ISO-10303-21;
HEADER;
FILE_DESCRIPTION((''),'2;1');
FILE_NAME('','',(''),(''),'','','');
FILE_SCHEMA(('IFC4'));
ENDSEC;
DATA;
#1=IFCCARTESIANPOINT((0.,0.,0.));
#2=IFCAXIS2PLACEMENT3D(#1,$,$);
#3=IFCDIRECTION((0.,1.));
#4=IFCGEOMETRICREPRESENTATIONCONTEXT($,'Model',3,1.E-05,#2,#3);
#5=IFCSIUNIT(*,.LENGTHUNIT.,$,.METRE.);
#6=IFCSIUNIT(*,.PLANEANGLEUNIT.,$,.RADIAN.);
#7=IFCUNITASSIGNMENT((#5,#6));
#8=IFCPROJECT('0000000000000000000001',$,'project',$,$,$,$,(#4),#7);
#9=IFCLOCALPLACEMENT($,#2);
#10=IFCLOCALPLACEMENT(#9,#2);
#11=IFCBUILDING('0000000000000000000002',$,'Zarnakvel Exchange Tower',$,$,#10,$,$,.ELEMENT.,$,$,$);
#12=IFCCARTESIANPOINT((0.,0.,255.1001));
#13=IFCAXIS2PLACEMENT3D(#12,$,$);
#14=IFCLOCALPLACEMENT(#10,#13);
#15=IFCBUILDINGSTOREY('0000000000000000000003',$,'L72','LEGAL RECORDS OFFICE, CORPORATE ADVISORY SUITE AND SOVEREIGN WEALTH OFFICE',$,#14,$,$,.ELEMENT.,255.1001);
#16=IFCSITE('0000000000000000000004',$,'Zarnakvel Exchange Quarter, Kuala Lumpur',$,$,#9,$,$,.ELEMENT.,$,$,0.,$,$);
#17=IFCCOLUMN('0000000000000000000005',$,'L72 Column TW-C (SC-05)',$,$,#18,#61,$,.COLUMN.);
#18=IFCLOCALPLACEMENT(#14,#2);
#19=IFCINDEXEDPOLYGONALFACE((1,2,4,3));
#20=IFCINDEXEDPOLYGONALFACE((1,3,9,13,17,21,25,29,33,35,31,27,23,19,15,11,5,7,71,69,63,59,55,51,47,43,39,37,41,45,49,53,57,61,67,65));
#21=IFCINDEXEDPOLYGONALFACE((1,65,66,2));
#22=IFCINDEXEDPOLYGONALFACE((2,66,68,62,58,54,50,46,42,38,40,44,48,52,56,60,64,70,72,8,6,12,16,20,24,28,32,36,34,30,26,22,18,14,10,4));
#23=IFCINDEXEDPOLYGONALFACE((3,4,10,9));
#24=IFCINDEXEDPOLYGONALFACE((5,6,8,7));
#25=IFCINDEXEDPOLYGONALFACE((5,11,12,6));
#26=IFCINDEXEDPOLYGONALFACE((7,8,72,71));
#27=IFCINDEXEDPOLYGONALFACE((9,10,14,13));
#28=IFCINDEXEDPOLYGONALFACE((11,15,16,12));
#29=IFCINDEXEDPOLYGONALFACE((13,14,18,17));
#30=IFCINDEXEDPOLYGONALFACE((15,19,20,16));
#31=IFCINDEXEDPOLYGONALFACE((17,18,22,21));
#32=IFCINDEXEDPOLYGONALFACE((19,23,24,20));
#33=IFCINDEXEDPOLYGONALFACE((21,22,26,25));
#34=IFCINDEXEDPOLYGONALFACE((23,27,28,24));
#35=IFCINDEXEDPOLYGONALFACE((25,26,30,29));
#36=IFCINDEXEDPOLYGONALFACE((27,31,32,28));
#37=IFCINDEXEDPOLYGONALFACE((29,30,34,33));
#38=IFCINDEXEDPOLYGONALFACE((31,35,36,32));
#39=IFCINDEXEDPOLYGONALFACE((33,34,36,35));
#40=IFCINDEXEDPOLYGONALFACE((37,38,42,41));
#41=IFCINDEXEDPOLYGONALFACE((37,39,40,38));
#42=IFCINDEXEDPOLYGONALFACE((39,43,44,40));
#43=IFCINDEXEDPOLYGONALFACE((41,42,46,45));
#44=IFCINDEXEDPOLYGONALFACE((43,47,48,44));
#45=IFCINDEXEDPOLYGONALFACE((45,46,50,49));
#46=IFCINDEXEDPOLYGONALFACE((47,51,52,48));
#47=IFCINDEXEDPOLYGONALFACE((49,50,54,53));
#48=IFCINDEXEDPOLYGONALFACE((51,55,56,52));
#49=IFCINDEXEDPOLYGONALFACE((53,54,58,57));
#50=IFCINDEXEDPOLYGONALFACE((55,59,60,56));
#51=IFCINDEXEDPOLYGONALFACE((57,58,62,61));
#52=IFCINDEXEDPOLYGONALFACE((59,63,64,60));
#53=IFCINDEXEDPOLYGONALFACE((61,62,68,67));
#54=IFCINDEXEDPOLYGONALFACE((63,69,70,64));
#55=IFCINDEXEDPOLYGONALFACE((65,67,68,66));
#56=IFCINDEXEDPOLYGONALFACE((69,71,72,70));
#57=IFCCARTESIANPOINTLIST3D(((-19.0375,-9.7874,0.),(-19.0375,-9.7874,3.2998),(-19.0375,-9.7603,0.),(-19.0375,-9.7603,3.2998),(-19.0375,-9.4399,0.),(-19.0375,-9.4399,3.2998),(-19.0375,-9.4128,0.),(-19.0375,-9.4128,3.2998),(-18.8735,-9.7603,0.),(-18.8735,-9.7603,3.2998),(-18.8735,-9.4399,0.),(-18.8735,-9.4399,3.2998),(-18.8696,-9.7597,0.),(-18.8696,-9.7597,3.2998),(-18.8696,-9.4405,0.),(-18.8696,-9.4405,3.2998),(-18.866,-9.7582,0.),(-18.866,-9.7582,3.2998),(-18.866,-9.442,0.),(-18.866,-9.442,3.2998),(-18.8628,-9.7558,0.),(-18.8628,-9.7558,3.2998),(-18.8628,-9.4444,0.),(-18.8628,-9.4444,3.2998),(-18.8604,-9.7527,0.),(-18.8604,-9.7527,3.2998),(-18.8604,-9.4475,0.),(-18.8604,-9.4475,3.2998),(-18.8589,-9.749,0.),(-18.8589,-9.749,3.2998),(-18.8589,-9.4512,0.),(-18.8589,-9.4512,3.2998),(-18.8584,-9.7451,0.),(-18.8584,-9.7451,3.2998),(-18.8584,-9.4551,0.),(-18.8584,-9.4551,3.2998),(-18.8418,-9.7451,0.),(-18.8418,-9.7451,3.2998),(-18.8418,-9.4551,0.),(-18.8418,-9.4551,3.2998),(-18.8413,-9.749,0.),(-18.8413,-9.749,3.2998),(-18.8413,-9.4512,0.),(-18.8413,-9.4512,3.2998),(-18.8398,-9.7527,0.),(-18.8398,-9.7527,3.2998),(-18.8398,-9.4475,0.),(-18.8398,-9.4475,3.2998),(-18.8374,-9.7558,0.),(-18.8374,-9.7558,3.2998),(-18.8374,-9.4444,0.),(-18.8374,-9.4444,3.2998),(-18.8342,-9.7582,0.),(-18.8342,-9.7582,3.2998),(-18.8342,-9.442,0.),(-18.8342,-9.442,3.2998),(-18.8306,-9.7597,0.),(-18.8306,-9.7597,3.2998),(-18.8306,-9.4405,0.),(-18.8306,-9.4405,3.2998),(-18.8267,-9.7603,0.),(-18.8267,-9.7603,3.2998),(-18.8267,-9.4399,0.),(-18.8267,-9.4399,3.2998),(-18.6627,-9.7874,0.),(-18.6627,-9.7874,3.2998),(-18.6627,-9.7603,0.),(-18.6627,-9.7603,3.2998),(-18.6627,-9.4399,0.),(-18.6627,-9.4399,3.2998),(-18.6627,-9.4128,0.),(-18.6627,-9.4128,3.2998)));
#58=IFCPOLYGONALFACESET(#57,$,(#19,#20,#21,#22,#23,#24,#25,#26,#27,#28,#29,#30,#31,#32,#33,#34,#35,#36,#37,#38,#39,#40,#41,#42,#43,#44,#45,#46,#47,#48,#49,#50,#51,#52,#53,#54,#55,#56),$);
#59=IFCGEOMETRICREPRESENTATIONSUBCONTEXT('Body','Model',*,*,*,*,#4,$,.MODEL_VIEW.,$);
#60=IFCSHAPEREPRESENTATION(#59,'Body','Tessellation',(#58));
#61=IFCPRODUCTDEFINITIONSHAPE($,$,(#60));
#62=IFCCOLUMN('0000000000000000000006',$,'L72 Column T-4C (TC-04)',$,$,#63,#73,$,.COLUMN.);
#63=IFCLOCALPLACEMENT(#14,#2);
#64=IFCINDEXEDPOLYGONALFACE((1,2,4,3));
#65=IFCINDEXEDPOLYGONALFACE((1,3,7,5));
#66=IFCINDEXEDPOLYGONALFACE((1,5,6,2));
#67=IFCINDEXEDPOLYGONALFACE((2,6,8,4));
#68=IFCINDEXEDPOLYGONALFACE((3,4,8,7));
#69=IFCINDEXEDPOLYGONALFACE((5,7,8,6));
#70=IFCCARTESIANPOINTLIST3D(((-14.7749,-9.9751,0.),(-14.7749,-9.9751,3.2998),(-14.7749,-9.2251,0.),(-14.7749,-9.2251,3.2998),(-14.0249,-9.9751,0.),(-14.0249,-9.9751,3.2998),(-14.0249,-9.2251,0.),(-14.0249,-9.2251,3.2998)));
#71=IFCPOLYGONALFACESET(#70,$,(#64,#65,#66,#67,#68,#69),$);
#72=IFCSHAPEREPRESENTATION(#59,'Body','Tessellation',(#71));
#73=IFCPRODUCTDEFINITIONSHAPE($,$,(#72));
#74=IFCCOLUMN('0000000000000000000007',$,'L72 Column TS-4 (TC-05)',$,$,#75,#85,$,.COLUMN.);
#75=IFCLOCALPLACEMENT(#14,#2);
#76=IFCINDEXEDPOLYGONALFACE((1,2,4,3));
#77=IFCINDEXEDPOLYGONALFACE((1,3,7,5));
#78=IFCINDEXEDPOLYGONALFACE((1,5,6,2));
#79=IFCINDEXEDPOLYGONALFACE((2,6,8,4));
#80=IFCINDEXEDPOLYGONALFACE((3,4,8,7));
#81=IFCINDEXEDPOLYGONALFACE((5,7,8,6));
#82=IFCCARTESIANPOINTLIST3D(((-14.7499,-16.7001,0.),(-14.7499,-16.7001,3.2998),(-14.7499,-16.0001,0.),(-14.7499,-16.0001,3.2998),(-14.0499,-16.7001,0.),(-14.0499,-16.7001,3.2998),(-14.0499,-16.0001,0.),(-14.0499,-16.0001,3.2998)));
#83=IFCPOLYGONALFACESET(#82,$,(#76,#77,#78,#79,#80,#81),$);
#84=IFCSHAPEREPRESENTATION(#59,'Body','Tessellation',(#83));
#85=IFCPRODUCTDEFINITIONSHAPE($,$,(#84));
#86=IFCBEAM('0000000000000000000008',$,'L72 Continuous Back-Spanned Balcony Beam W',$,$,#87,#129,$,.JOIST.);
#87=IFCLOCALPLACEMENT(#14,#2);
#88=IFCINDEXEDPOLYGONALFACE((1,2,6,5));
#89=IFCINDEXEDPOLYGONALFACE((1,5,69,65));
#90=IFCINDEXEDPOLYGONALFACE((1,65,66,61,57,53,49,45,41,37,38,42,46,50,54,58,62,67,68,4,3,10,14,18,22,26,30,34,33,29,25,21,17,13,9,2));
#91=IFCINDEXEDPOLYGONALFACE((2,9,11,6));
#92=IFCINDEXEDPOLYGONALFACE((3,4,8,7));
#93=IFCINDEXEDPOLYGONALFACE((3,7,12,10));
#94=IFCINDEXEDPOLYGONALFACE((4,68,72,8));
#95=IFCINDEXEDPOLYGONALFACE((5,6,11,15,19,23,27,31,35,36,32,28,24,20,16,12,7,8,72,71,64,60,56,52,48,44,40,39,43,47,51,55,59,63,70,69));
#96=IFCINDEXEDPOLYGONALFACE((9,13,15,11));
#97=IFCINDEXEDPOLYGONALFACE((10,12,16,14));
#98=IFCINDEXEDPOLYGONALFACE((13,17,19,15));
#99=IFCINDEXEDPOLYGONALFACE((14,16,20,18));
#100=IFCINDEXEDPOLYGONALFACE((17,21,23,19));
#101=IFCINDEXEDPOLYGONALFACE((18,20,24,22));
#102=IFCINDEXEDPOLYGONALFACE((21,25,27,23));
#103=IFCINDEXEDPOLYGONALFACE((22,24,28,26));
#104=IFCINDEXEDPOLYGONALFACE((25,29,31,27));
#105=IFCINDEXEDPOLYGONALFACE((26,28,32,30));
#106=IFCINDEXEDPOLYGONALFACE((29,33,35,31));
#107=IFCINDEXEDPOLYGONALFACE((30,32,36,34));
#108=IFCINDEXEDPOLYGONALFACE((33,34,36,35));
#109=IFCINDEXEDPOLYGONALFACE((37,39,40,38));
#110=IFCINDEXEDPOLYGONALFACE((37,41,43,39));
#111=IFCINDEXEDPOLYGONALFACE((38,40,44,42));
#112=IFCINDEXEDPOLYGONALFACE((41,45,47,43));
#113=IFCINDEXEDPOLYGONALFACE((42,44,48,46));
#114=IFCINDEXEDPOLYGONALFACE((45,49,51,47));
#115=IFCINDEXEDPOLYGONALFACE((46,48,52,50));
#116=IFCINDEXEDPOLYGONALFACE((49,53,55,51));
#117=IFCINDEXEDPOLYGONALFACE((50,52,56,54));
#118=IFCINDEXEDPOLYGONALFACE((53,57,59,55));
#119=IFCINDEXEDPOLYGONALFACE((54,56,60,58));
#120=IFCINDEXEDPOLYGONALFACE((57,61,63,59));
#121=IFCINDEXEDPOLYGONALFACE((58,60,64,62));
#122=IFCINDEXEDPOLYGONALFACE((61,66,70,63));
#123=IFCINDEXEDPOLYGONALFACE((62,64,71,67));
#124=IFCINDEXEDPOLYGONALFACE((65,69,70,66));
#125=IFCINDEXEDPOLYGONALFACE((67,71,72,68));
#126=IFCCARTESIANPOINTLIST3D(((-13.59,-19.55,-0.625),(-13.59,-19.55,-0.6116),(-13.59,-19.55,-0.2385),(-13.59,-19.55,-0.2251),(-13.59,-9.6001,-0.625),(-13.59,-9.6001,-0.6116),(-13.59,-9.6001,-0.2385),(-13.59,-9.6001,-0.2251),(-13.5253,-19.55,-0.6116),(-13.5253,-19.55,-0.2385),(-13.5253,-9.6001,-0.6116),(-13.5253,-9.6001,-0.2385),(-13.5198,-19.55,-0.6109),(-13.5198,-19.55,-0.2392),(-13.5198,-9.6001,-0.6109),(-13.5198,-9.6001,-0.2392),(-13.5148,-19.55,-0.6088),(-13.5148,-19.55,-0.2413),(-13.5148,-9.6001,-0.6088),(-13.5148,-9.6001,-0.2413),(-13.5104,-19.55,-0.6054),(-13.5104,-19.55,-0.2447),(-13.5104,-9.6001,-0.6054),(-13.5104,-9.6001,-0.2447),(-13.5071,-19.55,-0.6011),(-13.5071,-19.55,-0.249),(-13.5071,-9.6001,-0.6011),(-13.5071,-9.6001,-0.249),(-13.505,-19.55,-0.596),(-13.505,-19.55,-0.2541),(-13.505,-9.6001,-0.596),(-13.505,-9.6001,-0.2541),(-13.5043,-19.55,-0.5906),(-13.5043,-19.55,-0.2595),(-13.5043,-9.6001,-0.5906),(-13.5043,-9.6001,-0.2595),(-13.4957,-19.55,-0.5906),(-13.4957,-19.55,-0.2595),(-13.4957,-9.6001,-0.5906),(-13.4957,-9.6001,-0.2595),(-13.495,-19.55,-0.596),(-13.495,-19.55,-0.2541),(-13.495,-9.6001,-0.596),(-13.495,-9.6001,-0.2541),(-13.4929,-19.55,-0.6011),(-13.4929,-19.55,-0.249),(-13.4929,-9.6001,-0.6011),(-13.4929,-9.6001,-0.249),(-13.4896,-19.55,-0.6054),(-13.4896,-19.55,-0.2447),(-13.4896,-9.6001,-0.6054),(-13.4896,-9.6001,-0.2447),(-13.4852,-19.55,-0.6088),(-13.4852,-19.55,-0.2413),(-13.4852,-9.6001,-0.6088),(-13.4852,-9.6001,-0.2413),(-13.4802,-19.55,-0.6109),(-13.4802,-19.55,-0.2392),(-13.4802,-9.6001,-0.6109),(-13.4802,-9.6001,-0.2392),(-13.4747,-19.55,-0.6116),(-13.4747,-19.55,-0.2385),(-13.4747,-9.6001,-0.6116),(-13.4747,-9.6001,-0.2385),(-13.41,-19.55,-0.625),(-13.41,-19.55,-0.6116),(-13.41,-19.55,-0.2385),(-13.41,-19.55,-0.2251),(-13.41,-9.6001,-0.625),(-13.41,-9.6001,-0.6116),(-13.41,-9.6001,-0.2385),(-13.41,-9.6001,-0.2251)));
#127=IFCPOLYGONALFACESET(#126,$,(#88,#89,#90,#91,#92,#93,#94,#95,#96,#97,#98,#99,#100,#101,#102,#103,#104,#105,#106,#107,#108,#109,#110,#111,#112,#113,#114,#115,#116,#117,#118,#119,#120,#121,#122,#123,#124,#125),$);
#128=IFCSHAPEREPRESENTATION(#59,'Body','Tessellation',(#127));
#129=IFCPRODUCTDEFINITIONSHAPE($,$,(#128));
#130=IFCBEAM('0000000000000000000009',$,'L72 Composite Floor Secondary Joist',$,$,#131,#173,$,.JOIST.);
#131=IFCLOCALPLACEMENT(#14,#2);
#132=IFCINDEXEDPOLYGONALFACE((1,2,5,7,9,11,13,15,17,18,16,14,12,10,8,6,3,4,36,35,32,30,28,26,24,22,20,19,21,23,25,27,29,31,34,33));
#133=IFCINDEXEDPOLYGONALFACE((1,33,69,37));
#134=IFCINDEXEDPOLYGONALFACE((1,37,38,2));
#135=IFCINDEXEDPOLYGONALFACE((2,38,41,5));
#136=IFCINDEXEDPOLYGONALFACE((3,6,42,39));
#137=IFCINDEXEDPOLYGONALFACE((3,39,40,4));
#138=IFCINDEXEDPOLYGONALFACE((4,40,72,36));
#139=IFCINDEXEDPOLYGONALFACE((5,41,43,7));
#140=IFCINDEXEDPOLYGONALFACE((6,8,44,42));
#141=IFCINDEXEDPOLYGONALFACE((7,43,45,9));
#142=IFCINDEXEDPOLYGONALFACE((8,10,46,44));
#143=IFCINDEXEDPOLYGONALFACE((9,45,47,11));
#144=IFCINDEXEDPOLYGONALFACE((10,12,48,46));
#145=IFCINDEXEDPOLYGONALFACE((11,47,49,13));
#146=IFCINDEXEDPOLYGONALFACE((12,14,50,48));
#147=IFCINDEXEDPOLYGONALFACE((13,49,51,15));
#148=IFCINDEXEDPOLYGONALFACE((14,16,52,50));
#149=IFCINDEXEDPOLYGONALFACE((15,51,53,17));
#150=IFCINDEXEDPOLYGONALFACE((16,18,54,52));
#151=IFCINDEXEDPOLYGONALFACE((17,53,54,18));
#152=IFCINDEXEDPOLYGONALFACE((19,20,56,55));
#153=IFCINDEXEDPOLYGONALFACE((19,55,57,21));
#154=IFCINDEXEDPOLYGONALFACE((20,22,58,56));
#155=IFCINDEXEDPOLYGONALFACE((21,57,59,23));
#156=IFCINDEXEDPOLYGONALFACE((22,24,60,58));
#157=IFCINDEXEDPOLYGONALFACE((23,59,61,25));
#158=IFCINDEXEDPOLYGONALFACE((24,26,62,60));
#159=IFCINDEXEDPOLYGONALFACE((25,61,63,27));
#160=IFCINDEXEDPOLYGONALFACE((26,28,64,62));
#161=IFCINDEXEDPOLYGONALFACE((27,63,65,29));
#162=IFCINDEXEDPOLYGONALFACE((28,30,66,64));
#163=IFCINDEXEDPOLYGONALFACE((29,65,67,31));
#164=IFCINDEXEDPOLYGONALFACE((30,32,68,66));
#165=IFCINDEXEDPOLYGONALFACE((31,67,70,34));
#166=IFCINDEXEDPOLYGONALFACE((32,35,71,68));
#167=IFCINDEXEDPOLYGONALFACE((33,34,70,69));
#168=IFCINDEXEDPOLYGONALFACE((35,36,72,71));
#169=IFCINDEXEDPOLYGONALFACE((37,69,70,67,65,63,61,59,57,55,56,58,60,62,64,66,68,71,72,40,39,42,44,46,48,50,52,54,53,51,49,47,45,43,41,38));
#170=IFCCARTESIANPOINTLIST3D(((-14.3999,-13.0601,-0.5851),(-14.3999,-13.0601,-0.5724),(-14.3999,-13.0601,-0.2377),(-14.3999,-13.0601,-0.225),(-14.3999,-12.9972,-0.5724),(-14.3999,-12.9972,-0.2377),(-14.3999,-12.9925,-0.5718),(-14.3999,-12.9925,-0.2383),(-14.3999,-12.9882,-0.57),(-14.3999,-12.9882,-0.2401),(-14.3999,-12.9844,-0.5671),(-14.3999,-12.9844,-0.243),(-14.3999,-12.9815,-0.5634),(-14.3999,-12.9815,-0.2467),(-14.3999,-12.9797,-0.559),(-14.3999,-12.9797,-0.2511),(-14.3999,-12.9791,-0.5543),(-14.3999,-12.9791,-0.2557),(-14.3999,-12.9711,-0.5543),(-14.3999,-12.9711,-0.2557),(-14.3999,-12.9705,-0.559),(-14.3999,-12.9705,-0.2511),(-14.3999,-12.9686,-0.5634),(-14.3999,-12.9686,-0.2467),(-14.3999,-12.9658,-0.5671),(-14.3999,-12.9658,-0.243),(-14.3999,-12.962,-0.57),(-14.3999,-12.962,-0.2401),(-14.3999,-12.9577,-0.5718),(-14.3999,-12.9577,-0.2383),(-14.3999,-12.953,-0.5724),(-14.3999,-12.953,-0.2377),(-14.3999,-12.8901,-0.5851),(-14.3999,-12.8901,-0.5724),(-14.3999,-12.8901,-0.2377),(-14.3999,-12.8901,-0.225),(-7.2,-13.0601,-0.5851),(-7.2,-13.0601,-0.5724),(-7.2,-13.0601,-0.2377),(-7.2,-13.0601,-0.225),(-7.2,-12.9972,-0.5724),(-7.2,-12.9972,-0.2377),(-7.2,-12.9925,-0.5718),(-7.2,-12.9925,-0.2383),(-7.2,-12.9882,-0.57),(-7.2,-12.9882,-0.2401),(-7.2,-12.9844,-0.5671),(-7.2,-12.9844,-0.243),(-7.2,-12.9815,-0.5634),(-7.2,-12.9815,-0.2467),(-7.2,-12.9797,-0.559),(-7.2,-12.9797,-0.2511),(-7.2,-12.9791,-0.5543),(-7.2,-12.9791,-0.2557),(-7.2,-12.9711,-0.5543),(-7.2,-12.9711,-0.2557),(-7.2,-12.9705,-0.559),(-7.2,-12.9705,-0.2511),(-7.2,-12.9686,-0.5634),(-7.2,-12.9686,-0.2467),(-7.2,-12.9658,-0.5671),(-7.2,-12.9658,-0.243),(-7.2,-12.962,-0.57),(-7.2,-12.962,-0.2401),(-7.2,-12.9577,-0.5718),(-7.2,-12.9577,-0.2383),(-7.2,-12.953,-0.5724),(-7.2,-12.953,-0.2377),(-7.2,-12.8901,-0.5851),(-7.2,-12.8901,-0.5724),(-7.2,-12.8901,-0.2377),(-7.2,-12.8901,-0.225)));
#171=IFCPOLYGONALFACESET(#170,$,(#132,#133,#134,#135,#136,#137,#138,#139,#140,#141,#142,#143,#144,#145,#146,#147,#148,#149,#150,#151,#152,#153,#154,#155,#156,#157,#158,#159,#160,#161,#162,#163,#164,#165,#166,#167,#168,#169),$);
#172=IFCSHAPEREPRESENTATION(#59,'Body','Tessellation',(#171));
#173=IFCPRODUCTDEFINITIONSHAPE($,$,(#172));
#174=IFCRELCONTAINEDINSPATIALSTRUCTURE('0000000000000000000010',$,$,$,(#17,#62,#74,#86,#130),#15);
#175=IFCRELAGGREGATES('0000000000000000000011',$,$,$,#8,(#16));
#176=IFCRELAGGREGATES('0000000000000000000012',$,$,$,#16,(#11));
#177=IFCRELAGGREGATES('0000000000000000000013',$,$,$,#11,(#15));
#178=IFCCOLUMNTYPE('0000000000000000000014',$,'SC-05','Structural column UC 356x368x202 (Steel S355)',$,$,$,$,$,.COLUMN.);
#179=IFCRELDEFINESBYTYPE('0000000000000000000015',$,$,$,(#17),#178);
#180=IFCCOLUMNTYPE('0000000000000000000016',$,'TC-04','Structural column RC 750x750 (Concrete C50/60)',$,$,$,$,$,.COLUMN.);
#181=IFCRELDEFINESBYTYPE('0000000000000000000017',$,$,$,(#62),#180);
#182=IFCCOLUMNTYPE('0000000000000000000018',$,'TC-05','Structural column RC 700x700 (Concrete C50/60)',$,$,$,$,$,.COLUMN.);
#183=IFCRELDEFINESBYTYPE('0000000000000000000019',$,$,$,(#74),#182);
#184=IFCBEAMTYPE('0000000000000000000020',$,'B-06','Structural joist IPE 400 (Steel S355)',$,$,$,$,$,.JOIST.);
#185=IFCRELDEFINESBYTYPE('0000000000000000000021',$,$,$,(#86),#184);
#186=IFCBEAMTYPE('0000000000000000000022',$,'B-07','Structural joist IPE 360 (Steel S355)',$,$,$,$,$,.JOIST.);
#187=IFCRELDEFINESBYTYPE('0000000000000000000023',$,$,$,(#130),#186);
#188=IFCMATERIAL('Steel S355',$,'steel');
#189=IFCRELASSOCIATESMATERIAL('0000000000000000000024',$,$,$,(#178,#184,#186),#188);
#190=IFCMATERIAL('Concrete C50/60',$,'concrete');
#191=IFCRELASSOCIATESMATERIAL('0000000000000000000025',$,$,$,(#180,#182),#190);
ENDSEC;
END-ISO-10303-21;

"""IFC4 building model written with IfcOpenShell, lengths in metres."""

from ifc_helpers import new_model, si_unit, direction, frame, origin, origin_2d, place, context, subcontext, project, spatial, rectangle, i_section, extrude, material, material_profile, profile_set, type_object, element, save


model = new_model("IFC4")

# Units and contexts
model_context = context("Model", 3, precision=1e-05, world=origin(), true_north=direction((0.0, 1.0)))
body_context = subcontext(model_context, "Body", "Model", "MODEL_VIEW")
ifc_project = project(units=[si_unit("LENGTHUNIT", "METRE"), si_unit("PLANEANGLEUNIT", "RADIAN")], contexts=[model_context])

# Site, building, storey
site_placement = place(None, origin())
site = spatial("IfcSite", under=ifc_project, at=site_placement, Name="Zarnakvel Exchange Quarter, Kuala Lumpur", CompositionType="ELEMENT", RefElevation=0.0)
building_placement = place(site_placement, origin())
building = spatial("IfcBuilding", under=site, at=building_placement, Name="Zarnakvel Exchange Tower", CompositionType="ELEMENT")
storey_placement = place(building_placement, frame((0.0, 0.0, 255.1001)))
storey = spatial("IfcBuildingStorey", under=building, at=storey_placement, Name="L72", Description="LEGAL RECORDS OFFICE, CORPORATE ADVISORY SUITE AND SOVEREIGN WEALTH OFFICE", CompositionType="ELEMENT", Elevation=255.1001)

# Columns
ifc_material_1 = material(Name="Steel S355", Category="steel")
ifc_material_profile_1 = material_profile(ifc_material_1, i_section(OverallWidth=0.3748, OverallDepth=0.3745, WebThickness=0.0166, FlangeThickness=0.0271, FilletRadius=0.0151, at=origin_2d()))
ifc_profile_set_1 = profile_set([ifc_material_profile_1], Name="Steel S355")
column_type_1 = type_object("IfcColumnType", Name="SC-05", Description="Structural column UC 356x368x202 (Steel S355)", PredefinedType="COLUMN", material=ifc_profile_set_1)
column_1_placement = place(storey_placement, frame((-18.8501, -9.6001, 0.0), z_axis=(0.0, 0.0, 1.0), x_axis=(1.0, 0.0, 0.0)))
element("IfcColumn", 1, at=column_1_placement, inside=storey, type_object=column_type_1, Name="L72 Column TW-C (SC-05)", PredefinedType="COLUMN", context=body_context, shape_type="SweptSolid", body=[
    extrude(i_section(OverallWidth=0.3748, OverallDepth=0.3745, WebThickness=0.0166, FlangeThickness=0.0271, FilletRadius=0.0151, at=origin_2d()), origin(), (0.0, 0.0, 1.0), 3.2998),
])
ifc_material_2 = material(Name="Concrete C50/60", Category="concrete")
ifc_material_profile_2 = material_profile(ifc_material_2, rectangle(XDim=0.75, YDim=0.75, at=origin_2d()))
ifc_profile_set_2 = profile_set([ifc_material_profile_2], Name="Concrete C50/60")
column_type_2 = type_object("IfcColumnType", Name="TC-04", Description="Structural column RC 750x750 (Concrete C50/60)", PredefinedType="COLUMN", material=ifc_profile_set_2)
column_2_placement = place(storey_placement, frame((-14.3999, -9.6001, 0.0), z_axis=(0.0, 0.0, 1.0), x_axis=(1.0, 0.0, 0.0)))
element("IfcColumn", 2, at=column_2_placement, inside=storey, type_object=column_type_2, Name="L72 Column T-4C (TC-04)", PredefinedType="COLUMN", context=body_context, shape_type="SweptSolid", body=[
    extrude(rectangle(XDim=0.75, YDim=0.75, at=origin_2d()), origin(), (0.0, 0.0, 1.0), 3.2998),
])
ifc_material_profile_3 = material_profile(ifc_material_2, rectangle(XDim=0.7, YDim=0.7, at=origin_2d()))
ifc_profile_set_3 = profile_set([ifc_material_profile_3], Name="Concrete C50/60")
column_type_3 = type_object("IfcColumnType", Name="TC-05", Description="Structural column RC 700x700 (Concrete C50/60)", PredefinedType="COLUMN", material=ifc_profile_set_3)
column_3_placement = place(storey_placement, frame((-14.3999, -16.3501, 0.0), z_axis=(0.0, 0.0, 1.0), x_axis=(1.0, 0.0, 0.0)))
element("IfcColumn", 3, at=column_3_placement, inside=storey, type_object=column_type_3, Name="L72 Column TS-4 (TC-05)", PredefinedType="COLUMN", context=body_context, shape_type="SweptSolid", body=[
    extrude(rectangle(XDim=0.7, YDim=0.7, at=origin_2d()), origin(), (0.0, 0.0, 1.0), 3.2998),
])

# Beams
ifc_material_profile_4 = material_profile(ifc_material_1, i_section(OverallWidth=0.1799, OverallDepth=0.3999, WebThickness=0.0085, FlangeThickness=0.0134, FilletRadius=0.021, at=origin_2d()))
ifc_profile_set_4 = profile_set([ifc_material_profile_4], Name="Steel S355")
beam_type_1 = type_object("IfcBeamType", Name="B-06", Description="Structural joist IPE 400 (Steel S355)", PredefinedType="JOIST", material=ifc_profile_set_4)
beam_1_placement = place(storey_placement, frame((-13.5, -9.6001, -0.425), z_axis=(0.0, -1.0, 0.0), x_axis=(1.0, 0.0, 0.0)))
element("IfcBeam", 4, at=beam_1_placement, inside=storey, type_object=beam_type_1, Name="L72 Continuous Back-Spanned Balcony Beam W", PredefinedType="JOIST", context=body_context, shape_type="SweptSolid", body=[
    extrude(i_section(OverallWidth=0.1799, OverallDepth=0.3999, WebThickness=0.0085, FlangeThickness=0.0134, FilletRadius=0.021, at=origin_2d()), origin(), (0.0, 0.0, 1.0), 9.95),
])
ifc_material_profile_5 = material_profile(ifc_material_1, i_section(OverallWidth=0.1699, OverallDepth=0.3601, WebThickness=0.0081, FlangeThickness=0.0127, FilletRadius=0.0181, at=origin_2d()))
ifc_profile_set_5 = profile_set([ifc_material_profile_5], Name="Steel S355")
beam_type_2 = type_object("IfcBeamType", Name="B-07", Description="Structural joist IPE 360 (Steel S355)", PredefinedType="JOIST", material=ifc_profile_set_5)
beam_2_placement = place(storey_placement, frame((-14.3999, -12.9751, -0.405), z_axis=(1.0, 0.0, 0.0), x_axis=(0.0, 1.0, 0.0)))
element("IfcBeam", 5, at=beam_2_placement, inside=storey, type_object=beam_type_2, Name="L72 Composite Floor Secondary Joist", PredefinedType="JOIST", context=body_context, shape_type="SweptSolid", body=[
    extrude(i_section(OverallWidth=0.1699, OverallDepth=0.3601, WebThickness=0.0081, FlangeThickness=0.0127, FilletRadius=0.0181, at=origin_2d()), origin(), (0.0, 0.0, 1.0), 7.2),
])

save(model, "model.ifc")
